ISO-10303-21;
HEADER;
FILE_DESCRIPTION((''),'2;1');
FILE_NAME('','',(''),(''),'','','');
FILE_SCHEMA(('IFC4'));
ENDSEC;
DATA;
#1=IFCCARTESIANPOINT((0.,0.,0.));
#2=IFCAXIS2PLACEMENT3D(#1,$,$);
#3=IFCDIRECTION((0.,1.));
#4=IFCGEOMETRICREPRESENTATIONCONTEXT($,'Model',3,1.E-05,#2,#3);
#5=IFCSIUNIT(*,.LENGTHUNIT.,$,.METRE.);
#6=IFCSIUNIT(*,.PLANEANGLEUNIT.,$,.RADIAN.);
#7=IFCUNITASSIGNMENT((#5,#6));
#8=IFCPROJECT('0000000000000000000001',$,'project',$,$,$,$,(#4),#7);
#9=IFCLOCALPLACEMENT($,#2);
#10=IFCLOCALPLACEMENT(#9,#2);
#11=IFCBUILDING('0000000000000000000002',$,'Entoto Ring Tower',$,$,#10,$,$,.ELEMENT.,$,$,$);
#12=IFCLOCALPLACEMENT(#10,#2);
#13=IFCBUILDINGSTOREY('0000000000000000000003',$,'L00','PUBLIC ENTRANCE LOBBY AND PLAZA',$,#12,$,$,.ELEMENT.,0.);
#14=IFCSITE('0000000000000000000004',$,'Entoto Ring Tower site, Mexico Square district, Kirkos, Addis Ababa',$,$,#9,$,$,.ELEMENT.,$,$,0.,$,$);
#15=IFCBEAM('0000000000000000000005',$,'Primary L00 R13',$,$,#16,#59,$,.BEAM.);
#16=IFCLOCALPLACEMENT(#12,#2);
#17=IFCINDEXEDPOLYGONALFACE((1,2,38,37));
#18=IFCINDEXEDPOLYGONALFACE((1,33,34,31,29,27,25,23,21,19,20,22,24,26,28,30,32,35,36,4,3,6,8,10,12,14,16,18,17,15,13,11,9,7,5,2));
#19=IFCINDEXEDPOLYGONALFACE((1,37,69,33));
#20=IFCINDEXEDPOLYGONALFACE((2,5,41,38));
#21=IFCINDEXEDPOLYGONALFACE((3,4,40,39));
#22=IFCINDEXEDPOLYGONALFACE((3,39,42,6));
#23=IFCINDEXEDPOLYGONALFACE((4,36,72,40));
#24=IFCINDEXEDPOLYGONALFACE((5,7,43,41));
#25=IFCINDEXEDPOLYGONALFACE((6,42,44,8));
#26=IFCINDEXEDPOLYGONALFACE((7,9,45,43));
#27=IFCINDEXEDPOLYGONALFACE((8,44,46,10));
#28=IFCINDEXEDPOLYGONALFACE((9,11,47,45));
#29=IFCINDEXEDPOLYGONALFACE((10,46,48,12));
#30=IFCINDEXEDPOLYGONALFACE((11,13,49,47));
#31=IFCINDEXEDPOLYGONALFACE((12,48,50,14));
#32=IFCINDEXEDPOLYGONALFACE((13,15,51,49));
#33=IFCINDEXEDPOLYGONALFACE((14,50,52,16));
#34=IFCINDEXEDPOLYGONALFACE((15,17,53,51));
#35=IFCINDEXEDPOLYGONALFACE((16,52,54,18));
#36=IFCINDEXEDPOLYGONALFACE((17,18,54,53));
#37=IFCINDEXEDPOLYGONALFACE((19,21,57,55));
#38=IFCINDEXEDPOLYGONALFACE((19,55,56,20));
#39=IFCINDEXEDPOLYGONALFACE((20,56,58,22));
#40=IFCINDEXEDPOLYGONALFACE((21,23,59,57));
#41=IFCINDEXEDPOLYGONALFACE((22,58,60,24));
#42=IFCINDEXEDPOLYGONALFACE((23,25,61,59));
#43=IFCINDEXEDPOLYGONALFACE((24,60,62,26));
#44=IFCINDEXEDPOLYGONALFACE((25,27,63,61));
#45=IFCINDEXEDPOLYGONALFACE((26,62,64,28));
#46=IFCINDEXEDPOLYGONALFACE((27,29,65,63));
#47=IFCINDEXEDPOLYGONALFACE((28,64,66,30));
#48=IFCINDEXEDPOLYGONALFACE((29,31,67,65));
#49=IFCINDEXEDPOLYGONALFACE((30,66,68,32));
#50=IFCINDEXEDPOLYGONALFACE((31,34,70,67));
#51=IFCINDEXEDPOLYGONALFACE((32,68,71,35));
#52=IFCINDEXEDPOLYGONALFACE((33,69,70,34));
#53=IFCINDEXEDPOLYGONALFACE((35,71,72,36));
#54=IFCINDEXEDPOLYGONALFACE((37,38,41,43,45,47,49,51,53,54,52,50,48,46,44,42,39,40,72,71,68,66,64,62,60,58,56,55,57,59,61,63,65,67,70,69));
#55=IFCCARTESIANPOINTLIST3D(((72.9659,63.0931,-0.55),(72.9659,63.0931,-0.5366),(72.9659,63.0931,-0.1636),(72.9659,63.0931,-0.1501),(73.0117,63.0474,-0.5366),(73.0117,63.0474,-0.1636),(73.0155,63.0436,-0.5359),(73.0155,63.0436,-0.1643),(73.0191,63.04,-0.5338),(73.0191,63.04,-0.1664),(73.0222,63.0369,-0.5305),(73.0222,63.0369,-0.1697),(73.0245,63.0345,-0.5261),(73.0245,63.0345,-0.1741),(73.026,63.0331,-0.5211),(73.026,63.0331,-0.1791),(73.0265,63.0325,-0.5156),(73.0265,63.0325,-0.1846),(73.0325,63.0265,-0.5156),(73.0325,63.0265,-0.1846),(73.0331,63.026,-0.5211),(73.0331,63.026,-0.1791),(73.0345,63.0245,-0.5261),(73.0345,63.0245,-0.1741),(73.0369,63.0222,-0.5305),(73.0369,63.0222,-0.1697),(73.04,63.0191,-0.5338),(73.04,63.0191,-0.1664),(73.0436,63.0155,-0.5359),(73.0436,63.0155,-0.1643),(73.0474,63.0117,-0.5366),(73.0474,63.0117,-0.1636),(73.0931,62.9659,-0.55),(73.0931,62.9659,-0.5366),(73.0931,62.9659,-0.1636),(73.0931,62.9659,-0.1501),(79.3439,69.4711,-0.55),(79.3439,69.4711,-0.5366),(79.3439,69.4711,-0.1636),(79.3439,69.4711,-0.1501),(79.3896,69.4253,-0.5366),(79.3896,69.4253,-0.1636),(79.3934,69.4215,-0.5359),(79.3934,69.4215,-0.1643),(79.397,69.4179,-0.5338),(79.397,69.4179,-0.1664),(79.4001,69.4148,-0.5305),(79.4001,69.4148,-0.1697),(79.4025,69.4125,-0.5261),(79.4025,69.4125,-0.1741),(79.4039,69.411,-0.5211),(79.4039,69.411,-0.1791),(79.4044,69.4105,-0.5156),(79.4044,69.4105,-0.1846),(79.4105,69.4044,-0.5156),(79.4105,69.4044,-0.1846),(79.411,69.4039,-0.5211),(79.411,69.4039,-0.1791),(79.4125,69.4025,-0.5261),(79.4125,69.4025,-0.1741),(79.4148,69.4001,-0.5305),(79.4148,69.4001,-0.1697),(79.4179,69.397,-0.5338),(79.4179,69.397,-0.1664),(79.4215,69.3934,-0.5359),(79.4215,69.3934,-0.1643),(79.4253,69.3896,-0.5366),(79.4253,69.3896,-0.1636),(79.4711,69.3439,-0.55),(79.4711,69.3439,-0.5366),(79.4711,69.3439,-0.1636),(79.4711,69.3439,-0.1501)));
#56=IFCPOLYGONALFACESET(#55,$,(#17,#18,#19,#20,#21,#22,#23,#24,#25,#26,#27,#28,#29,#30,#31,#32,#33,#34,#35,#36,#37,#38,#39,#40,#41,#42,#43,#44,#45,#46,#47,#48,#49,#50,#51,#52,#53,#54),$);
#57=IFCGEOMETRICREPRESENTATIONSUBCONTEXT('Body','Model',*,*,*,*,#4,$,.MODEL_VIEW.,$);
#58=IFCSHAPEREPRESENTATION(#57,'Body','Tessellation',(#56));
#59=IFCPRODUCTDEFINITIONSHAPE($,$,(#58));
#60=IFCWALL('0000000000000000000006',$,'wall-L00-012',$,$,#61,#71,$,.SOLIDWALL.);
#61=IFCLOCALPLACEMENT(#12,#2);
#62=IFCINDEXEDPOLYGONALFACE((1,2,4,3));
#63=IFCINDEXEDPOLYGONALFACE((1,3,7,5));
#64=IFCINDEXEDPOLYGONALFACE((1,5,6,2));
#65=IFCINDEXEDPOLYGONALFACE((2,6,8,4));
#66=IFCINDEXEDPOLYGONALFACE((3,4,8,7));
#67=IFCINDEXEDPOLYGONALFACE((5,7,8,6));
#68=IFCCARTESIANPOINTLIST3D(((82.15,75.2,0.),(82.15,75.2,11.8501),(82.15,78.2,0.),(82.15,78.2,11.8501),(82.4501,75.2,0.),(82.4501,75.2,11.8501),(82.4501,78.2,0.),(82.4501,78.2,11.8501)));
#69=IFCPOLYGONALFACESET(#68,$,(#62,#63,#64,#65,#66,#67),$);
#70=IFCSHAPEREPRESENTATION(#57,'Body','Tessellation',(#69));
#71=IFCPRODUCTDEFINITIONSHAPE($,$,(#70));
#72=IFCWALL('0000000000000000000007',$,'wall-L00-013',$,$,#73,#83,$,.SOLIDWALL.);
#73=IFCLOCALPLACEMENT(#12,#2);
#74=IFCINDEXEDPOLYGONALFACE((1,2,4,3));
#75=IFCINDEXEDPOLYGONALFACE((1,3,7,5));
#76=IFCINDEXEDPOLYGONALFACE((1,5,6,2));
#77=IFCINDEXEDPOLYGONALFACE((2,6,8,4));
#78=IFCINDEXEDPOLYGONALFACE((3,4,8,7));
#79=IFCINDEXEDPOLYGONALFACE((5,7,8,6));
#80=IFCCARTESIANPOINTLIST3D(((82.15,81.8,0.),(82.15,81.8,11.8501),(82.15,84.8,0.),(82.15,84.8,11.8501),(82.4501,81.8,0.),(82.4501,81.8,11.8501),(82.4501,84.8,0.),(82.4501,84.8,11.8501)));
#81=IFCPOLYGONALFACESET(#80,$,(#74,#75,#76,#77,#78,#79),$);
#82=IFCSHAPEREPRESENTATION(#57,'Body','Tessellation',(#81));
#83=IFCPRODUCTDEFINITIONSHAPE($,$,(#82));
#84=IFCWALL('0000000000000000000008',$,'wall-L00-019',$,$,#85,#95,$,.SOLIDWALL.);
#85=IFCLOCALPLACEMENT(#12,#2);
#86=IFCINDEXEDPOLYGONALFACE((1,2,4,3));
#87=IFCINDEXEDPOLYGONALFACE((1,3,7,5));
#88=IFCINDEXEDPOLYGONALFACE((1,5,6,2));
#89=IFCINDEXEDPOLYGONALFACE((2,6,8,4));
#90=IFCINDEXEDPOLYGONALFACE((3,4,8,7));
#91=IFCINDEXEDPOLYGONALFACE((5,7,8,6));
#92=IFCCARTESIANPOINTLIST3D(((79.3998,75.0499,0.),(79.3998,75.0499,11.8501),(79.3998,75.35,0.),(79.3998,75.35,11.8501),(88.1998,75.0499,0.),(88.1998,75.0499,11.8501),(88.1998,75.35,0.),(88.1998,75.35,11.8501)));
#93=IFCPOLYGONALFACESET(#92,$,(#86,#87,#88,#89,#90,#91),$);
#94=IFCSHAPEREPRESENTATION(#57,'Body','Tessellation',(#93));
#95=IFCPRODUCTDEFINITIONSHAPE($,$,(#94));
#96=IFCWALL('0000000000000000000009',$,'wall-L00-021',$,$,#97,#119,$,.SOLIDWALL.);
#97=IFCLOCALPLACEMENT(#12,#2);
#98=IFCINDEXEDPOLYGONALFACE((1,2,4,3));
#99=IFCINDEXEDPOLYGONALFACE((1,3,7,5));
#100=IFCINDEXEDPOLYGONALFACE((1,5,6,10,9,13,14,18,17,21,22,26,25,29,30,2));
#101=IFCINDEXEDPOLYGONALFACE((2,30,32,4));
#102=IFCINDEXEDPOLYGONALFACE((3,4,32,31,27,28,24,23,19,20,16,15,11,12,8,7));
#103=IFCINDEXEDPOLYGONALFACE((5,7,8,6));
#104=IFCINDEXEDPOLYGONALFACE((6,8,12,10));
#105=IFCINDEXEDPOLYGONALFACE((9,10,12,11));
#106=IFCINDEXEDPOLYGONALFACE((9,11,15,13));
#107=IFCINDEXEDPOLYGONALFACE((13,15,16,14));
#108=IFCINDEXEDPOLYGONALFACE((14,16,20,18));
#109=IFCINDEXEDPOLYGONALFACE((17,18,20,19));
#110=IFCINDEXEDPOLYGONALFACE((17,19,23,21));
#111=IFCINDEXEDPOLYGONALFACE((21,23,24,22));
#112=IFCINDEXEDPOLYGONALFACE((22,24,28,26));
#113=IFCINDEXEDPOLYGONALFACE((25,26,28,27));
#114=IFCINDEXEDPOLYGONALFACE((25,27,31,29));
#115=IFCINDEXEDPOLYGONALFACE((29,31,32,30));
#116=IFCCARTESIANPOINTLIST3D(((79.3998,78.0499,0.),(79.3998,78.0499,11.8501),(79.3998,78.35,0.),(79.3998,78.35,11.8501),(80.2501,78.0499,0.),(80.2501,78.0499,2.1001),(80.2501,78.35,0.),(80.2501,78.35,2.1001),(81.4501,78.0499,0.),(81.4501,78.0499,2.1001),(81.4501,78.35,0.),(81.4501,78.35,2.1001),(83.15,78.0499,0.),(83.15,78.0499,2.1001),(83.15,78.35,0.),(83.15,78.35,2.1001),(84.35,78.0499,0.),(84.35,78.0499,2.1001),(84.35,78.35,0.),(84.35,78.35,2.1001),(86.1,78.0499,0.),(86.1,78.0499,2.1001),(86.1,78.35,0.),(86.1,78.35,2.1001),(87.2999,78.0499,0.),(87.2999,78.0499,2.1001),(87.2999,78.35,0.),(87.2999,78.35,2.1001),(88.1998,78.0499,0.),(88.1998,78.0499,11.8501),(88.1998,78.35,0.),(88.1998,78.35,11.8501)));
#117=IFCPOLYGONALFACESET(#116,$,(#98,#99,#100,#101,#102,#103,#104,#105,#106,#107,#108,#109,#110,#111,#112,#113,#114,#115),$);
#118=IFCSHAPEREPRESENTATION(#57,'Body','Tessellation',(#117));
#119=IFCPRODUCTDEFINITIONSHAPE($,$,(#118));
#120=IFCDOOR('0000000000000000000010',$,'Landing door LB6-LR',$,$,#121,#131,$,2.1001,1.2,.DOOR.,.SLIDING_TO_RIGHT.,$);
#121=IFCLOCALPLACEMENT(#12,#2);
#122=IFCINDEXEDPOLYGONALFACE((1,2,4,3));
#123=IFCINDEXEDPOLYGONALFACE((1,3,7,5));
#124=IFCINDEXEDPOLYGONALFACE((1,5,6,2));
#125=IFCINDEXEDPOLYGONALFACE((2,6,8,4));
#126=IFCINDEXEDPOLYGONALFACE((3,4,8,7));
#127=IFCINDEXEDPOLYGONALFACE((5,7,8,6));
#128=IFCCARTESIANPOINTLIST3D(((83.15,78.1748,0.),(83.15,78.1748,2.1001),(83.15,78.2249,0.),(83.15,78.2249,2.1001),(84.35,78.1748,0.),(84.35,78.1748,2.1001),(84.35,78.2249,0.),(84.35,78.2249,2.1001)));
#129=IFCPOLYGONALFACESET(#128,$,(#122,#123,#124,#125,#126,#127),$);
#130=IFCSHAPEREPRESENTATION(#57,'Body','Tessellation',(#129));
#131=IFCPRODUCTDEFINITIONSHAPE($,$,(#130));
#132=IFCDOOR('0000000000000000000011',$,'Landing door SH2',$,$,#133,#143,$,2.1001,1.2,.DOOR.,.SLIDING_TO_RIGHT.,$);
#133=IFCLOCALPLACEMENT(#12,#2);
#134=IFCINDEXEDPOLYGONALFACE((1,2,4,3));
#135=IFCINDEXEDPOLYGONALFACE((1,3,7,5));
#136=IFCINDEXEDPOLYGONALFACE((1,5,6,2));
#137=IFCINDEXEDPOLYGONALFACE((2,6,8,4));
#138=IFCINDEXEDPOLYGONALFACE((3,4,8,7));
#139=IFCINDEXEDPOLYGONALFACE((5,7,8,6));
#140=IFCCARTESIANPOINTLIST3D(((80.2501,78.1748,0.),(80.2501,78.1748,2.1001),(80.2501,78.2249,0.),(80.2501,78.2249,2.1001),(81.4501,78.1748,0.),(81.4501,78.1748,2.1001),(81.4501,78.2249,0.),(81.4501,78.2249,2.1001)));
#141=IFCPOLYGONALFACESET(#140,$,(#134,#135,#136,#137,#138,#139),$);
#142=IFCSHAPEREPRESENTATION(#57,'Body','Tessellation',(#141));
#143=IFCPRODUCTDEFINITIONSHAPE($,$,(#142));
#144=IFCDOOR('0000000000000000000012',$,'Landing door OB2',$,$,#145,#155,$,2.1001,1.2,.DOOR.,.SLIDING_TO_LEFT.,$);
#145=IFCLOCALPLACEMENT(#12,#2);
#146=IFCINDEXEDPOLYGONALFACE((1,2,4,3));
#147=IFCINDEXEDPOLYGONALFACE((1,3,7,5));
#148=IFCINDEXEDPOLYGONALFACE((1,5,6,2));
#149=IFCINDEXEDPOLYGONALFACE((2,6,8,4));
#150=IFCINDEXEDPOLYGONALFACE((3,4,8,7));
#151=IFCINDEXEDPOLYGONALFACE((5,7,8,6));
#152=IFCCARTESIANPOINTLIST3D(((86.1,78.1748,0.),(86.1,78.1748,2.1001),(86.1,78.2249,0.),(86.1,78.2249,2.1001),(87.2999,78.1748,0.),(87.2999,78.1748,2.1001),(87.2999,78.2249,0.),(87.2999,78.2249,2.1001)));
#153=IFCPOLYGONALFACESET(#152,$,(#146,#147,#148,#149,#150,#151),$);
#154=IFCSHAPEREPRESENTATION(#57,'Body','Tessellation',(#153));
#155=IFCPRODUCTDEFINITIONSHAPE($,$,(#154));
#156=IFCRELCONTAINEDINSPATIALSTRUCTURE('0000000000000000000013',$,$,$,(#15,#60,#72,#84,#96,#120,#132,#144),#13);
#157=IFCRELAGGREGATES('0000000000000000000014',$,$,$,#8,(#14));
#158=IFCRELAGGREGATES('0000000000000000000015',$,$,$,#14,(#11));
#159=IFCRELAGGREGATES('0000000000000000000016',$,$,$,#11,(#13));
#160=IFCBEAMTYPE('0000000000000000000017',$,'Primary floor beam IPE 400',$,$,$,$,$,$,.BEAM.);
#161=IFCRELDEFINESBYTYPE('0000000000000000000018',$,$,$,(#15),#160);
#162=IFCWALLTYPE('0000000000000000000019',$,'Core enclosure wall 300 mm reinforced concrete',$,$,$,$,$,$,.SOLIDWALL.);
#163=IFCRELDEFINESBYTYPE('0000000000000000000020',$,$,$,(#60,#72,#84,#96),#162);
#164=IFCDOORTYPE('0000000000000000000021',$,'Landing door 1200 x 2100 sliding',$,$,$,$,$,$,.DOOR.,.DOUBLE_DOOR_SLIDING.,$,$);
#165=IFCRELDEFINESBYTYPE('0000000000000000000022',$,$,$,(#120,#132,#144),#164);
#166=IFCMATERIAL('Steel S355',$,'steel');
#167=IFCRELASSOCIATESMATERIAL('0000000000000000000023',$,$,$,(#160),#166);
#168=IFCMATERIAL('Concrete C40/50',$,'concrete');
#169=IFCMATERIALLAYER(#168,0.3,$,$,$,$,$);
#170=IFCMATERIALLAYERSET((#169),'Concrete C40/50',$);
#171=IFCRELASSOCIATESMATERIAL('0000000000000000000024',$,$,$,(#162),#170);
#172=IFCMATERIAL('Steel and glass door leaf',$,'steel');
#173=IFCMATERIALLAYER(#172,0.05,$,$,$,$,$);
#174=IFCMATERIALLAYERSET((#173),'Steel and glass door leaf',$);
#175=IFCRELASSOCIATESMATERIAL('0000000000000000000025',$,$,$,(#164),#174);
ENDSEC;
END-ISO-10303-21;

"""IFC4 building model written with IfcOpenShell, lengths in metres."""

from ifc_helpers import new_model, si_unit, direction, frame, frame_2d, origin, origin_2d, place, context, subcontext, project, spatial, rectangle, i_section, extrude, material, layer, layer_set, material_profile, profile_set, type_object, element, fill, save


model = new_model("IFC4")

# Units and contexts
model_context = context("Model", 3, precision=1e-05, world=origin(), true_north=direction((0.0, 1.0)))
body_context = subcontext(model_context, "Body", "Model", "MODEL_VIEW")
ifc_project = project(units=[si_unit("LENGTHUNIT", "METRE"), si_unit("PLANEANGLEUNIT", "RADIAN")], contexts=[model_context])

# Site, building, storey
site_placement = place(None, origin())
site = spatial("IfcSite", under=ifc_project, at=site_placement, Name="Entoto Ring Tower site, Mexico Square district, Kirkos, Addis Ababa", CompositionType="ELEMENT", RefElevation=0.0)
building_placement = place(site_placement, origin())
building = spatial("IfcBuilding", under=site, at=building_placement, Name="Entoto Ring Tower", CompositionType="ELEMENT")
storey_placement = place(building_placement, origin())
storey = spatial("IfcBuildingStorey", under=building, at=storey_placement, Name="L00", Description="PUBLIC ENTRANCE LOBBY AND PLAZA", CompositionType="ELEMENT", Elevation=0.0)

# Beam
ifc_material_1 = material(Name="Steel S355", Category="steel")
ifc_material_profile = material_profile(ifc_material_1, i_section(OverallWidth=0.1799, OverallDepth=0.3999, WebThickness=0.0085, FlangeThickness=0.0134, FilletRadius=0.021, at=origin_2d()), Name="IPE 400")
ifc_profile_set = profile_set([ifc_material_profile], Name="Steel S355")
beam_type = type_object("IfcBeamType", Name="Primary floor beam IPE 400", PredefinedType="BEAM", material=ifc_profile_set)
beam_placement = place(storey_placement, frame((79.4075, 69.4075, -0.3501), z_axis=(-0.707107, -0.707107, 0.0), x_axis=(0.707107, -0.707107, 0.0)))
element("IfcBeam", 1, at=beam_placement, inside=storey, type_object=beam_type, Name="Primary L00 R13", PredefinedType="BEAM", context=body_context, shape_type="SweptSolid", body=[
    extrude(i_section(OverallWidth=0.1799, OverallDepth=0.3999, WebThickness=0.0085, FlangeThickness=0.0134, FilletRadius=0.021, at=origin_2d()), origin(), (0.0, 0.0, 1.0), 9.0198),
])

# Walls
ifc_material_2 = material(Name="Concrete C40/50", Category="concrete")
ifc_layer_1 = layer(ifc_material_2, 0.3)
ifc_layer_set_1 = layer_set([ifc_layer_1], Name="Concrete C40/50")
wall_type = type_object("IfcWallType", Name="Core enclosure wall 300 mm reinforced concrete", PredefinedType="SOLIDWALL", material=ifc_layer_set_1)
for number, where, z_axis, x_axis, name in (
    (2, (82.3, 75.2, 0.0), (0.0, 0.0, 1.0), (0.0, 1.0, 0.0), "wall-L00-012"),
    (3, (82.3, 81.8, 0.0), (0.0, 0.0, 1.0), (0.0, 1.0, 0.0), "wall-L00-013"),
):
    element("IfcWall", number, at=place(storey_placement, frame(where, z_axis=z_axis, x_axis=x_axis)), inside=storey, type_object=wall_type, Name=name, PredefinedType="SOLIDWALL", context=body_context, shape_type="SweptSolid", body=[
        extrude(rectangle(XDim=3.0, YDim=0.3, at=frame_2d((1.5, 0.0))), origin(), (0.0, 0.0, 1.0), 11.8501),
    ])
wall_1_placement = place(storey_placement, frame((79.3999, 75.2, 0.0), z_axis=(0.0, 0.0, 1.0), x_axis=(1.0, 0.0, 0.0)))
element("IfcWall", 4, at=wall_1_placement, inside=storey, type_object=wall_type, Name="wall-L00-019", PredefinedType="SOLIDWALL", context=body_context, shape_type="SweptSolid", body=[
    extrude(rectangle(XDim=8.8, YDim=0.3, at=frame_2d((4.3999, 0.0))), origin(), (0.0, 0.0, 1.0), 11.8501),
])

# Wall, openings, doors
wall_2_placement = place(storey_placement, frame((79.3999, 78.2, 0.0), z_axis=(0.0, 0.0, 1.0), x_axis=(1.0, 0.0, 0.0)))
wall_2 = element("IfcWall", 5, at=wall_2_placement, inside=storey, type_object=wall_type, Name="wall-L00-021", PredefinedType="SOLIDWALL", context=body_context, shape_type="SweptSolid", body=[
    extrude(rectangle(XDim=8.8, YDim=0.3, at=frame_2d((4.3999, 0.0))), origin(), (0.0, 0.0, 1.0), 11.8501),
])
opening_1_placement = place(wall_2_placement, frame((3.75, 0.0, 0.0)))
opening_1 = element("IfcOpeningElement", 6, at=opening_1_placement, cuts=wall_2, PredefinedType="OPENING", context=body_context, shape_type="SweptSolid", body=[
    extrude(rectangle(XDim=1.2, YDim=2.1001, at=frame_2d((0.6001, 1.05))), frame((0.0, 0.1602, 0.0), z_axis=(0.0, -1.0, 0.0), x_axis=(1.0, 0.0, 0.0)), (0.0, 0.0, 1.0), 0.3201),
])
opening_2_placement = place(wall_2_placement, frame((0.8501, 0.0, 0.0)))
opening_2 = element("IfcOpeningElement", 7, at=opening_2_placement, cuts=wall_2, PredefinedType="OPENING", context=body_context, shape_type="SweptSolid", body=[
    extrude(rectangle(XDim=1.2, YDim=2.1001, at=frame_2d((0.6001, 1.05))), frame((0.0, 0.1602, 0.0), z_axis=(0.0, -1.0, 0.0), x_axis=(1.0, 0.0, 0.0)), (0.0, 0.0, 1.0), 0.3201),
])
opening_3_placement = place(wall_2_placement, frame((6.7, 0.0, 0.0)))
opening_3 = element("IfcOpeningElement", 8, at=opening_3_placement, cuts=wall_2, PredefinedType="OPENING", context=body_context, shape_type="SweptSolid", body=[
    extrude(rectangle(XDim=1.2, YDim=2.1001, at=frame_2d((0.6001, 1.05))), frame((0.0, 0.1602, 0.0), z_axis=(0.0, -1.0, 0.0), x_axis=(1.0, 0.0, 0.0)), (0.0, 0.0, 1.0), 0.3201),
])
ifc_material_3 = material(Name="Steel and glass door leaf", Category="steel")
ifc_layer_2 = layer(ifc_material_3, 0.05)
ifc_layer_set_2 = layer_set([ifc_layer_2], Name="Steel and glass door leaf")
door_type_1 = type_object("IfcDoorType", Name="Landing door 1200 x 2100 sliding", OperationType="DOUBLE_DOOR_SLIDING", PredefinedType="DOOR", material=ifc_layer_set_2)
door_1_placement = place(opening_1_placement, origin())
door_1 = element("IfcDoor", 9, at=door_1_placement, inside=storey, type_object=door_type_1, Name="Landing door LB6-LR", OperationType="SLIDING_TO_RIGHT", OverallHeight=2.1001, OverallWidth=1.2, PredefinedType="DOOR", context=body_context, shape_type="SweptSolid", body=[
    extrude(rectangle(XDim=1.2, YDim=2.1001, at=frame_2d((0.6001, 1.05))), frame((0.0, 0.0249, 0.0), z_axis=(0.0, -1.0, 0.0), x_axis=(1.0, 0.0, 0.0)), (0.0, 0.0, 1.0), 0.05),
])
fill(opening_1, door_1)
door_2_placement = place(opening_2_placement, origin())
door_2 = element("IfcDoor", 10, at=door_2_placement, inside=storey, type_object=door_type_1, Name="Landing door SH2", OperationType="SLIDING_TO_RIGHT", OverallHeight=2.1001, OverallWidth=1.2, PredefinedType="DOOR", context=body_context, shape_type="SweptSolid", body=[
    extrude(rectangle(XDim=1.2, YDim=2.1001, at=frame_2d((0.6001, 1.05))), frame((0.0, 0.0249, 0.0), z_axis=(0.0, -1.0, 0.0), x_axis=(1.0, 0.0, 0.0)), (0.0, 0.0, 1.0), 0.05),
])
fill(opening_2, door_2)
door_3_placement = place(opening_3_placement, origin())
door_3 = element("IfcDoor", 11, at=door_3_placement, inside=storey, type_object=door_type_1, Name="Landing door OB2", OperationType="SLIDING_TO_LEFT", OverallHeight=2.1001, OverallWidth=1.2, PredefinedType="DOOR", context=body_context, shape_type="SweptSolid", body=[
    extrude(rectangle(XDim=1.2, YDim=2.1001, at=frame_2d((0.6001, 1.05))), frame((0.0, 0.0249, 0.0), z_axis=(0.0, -1.0, 0.0), x_axis=(1.0, 0.0, 0.0)), (0.0, 0.0, 1.0), 0.05),
])
fill(opening_3, door_3)

save(model, "model.ifc")
